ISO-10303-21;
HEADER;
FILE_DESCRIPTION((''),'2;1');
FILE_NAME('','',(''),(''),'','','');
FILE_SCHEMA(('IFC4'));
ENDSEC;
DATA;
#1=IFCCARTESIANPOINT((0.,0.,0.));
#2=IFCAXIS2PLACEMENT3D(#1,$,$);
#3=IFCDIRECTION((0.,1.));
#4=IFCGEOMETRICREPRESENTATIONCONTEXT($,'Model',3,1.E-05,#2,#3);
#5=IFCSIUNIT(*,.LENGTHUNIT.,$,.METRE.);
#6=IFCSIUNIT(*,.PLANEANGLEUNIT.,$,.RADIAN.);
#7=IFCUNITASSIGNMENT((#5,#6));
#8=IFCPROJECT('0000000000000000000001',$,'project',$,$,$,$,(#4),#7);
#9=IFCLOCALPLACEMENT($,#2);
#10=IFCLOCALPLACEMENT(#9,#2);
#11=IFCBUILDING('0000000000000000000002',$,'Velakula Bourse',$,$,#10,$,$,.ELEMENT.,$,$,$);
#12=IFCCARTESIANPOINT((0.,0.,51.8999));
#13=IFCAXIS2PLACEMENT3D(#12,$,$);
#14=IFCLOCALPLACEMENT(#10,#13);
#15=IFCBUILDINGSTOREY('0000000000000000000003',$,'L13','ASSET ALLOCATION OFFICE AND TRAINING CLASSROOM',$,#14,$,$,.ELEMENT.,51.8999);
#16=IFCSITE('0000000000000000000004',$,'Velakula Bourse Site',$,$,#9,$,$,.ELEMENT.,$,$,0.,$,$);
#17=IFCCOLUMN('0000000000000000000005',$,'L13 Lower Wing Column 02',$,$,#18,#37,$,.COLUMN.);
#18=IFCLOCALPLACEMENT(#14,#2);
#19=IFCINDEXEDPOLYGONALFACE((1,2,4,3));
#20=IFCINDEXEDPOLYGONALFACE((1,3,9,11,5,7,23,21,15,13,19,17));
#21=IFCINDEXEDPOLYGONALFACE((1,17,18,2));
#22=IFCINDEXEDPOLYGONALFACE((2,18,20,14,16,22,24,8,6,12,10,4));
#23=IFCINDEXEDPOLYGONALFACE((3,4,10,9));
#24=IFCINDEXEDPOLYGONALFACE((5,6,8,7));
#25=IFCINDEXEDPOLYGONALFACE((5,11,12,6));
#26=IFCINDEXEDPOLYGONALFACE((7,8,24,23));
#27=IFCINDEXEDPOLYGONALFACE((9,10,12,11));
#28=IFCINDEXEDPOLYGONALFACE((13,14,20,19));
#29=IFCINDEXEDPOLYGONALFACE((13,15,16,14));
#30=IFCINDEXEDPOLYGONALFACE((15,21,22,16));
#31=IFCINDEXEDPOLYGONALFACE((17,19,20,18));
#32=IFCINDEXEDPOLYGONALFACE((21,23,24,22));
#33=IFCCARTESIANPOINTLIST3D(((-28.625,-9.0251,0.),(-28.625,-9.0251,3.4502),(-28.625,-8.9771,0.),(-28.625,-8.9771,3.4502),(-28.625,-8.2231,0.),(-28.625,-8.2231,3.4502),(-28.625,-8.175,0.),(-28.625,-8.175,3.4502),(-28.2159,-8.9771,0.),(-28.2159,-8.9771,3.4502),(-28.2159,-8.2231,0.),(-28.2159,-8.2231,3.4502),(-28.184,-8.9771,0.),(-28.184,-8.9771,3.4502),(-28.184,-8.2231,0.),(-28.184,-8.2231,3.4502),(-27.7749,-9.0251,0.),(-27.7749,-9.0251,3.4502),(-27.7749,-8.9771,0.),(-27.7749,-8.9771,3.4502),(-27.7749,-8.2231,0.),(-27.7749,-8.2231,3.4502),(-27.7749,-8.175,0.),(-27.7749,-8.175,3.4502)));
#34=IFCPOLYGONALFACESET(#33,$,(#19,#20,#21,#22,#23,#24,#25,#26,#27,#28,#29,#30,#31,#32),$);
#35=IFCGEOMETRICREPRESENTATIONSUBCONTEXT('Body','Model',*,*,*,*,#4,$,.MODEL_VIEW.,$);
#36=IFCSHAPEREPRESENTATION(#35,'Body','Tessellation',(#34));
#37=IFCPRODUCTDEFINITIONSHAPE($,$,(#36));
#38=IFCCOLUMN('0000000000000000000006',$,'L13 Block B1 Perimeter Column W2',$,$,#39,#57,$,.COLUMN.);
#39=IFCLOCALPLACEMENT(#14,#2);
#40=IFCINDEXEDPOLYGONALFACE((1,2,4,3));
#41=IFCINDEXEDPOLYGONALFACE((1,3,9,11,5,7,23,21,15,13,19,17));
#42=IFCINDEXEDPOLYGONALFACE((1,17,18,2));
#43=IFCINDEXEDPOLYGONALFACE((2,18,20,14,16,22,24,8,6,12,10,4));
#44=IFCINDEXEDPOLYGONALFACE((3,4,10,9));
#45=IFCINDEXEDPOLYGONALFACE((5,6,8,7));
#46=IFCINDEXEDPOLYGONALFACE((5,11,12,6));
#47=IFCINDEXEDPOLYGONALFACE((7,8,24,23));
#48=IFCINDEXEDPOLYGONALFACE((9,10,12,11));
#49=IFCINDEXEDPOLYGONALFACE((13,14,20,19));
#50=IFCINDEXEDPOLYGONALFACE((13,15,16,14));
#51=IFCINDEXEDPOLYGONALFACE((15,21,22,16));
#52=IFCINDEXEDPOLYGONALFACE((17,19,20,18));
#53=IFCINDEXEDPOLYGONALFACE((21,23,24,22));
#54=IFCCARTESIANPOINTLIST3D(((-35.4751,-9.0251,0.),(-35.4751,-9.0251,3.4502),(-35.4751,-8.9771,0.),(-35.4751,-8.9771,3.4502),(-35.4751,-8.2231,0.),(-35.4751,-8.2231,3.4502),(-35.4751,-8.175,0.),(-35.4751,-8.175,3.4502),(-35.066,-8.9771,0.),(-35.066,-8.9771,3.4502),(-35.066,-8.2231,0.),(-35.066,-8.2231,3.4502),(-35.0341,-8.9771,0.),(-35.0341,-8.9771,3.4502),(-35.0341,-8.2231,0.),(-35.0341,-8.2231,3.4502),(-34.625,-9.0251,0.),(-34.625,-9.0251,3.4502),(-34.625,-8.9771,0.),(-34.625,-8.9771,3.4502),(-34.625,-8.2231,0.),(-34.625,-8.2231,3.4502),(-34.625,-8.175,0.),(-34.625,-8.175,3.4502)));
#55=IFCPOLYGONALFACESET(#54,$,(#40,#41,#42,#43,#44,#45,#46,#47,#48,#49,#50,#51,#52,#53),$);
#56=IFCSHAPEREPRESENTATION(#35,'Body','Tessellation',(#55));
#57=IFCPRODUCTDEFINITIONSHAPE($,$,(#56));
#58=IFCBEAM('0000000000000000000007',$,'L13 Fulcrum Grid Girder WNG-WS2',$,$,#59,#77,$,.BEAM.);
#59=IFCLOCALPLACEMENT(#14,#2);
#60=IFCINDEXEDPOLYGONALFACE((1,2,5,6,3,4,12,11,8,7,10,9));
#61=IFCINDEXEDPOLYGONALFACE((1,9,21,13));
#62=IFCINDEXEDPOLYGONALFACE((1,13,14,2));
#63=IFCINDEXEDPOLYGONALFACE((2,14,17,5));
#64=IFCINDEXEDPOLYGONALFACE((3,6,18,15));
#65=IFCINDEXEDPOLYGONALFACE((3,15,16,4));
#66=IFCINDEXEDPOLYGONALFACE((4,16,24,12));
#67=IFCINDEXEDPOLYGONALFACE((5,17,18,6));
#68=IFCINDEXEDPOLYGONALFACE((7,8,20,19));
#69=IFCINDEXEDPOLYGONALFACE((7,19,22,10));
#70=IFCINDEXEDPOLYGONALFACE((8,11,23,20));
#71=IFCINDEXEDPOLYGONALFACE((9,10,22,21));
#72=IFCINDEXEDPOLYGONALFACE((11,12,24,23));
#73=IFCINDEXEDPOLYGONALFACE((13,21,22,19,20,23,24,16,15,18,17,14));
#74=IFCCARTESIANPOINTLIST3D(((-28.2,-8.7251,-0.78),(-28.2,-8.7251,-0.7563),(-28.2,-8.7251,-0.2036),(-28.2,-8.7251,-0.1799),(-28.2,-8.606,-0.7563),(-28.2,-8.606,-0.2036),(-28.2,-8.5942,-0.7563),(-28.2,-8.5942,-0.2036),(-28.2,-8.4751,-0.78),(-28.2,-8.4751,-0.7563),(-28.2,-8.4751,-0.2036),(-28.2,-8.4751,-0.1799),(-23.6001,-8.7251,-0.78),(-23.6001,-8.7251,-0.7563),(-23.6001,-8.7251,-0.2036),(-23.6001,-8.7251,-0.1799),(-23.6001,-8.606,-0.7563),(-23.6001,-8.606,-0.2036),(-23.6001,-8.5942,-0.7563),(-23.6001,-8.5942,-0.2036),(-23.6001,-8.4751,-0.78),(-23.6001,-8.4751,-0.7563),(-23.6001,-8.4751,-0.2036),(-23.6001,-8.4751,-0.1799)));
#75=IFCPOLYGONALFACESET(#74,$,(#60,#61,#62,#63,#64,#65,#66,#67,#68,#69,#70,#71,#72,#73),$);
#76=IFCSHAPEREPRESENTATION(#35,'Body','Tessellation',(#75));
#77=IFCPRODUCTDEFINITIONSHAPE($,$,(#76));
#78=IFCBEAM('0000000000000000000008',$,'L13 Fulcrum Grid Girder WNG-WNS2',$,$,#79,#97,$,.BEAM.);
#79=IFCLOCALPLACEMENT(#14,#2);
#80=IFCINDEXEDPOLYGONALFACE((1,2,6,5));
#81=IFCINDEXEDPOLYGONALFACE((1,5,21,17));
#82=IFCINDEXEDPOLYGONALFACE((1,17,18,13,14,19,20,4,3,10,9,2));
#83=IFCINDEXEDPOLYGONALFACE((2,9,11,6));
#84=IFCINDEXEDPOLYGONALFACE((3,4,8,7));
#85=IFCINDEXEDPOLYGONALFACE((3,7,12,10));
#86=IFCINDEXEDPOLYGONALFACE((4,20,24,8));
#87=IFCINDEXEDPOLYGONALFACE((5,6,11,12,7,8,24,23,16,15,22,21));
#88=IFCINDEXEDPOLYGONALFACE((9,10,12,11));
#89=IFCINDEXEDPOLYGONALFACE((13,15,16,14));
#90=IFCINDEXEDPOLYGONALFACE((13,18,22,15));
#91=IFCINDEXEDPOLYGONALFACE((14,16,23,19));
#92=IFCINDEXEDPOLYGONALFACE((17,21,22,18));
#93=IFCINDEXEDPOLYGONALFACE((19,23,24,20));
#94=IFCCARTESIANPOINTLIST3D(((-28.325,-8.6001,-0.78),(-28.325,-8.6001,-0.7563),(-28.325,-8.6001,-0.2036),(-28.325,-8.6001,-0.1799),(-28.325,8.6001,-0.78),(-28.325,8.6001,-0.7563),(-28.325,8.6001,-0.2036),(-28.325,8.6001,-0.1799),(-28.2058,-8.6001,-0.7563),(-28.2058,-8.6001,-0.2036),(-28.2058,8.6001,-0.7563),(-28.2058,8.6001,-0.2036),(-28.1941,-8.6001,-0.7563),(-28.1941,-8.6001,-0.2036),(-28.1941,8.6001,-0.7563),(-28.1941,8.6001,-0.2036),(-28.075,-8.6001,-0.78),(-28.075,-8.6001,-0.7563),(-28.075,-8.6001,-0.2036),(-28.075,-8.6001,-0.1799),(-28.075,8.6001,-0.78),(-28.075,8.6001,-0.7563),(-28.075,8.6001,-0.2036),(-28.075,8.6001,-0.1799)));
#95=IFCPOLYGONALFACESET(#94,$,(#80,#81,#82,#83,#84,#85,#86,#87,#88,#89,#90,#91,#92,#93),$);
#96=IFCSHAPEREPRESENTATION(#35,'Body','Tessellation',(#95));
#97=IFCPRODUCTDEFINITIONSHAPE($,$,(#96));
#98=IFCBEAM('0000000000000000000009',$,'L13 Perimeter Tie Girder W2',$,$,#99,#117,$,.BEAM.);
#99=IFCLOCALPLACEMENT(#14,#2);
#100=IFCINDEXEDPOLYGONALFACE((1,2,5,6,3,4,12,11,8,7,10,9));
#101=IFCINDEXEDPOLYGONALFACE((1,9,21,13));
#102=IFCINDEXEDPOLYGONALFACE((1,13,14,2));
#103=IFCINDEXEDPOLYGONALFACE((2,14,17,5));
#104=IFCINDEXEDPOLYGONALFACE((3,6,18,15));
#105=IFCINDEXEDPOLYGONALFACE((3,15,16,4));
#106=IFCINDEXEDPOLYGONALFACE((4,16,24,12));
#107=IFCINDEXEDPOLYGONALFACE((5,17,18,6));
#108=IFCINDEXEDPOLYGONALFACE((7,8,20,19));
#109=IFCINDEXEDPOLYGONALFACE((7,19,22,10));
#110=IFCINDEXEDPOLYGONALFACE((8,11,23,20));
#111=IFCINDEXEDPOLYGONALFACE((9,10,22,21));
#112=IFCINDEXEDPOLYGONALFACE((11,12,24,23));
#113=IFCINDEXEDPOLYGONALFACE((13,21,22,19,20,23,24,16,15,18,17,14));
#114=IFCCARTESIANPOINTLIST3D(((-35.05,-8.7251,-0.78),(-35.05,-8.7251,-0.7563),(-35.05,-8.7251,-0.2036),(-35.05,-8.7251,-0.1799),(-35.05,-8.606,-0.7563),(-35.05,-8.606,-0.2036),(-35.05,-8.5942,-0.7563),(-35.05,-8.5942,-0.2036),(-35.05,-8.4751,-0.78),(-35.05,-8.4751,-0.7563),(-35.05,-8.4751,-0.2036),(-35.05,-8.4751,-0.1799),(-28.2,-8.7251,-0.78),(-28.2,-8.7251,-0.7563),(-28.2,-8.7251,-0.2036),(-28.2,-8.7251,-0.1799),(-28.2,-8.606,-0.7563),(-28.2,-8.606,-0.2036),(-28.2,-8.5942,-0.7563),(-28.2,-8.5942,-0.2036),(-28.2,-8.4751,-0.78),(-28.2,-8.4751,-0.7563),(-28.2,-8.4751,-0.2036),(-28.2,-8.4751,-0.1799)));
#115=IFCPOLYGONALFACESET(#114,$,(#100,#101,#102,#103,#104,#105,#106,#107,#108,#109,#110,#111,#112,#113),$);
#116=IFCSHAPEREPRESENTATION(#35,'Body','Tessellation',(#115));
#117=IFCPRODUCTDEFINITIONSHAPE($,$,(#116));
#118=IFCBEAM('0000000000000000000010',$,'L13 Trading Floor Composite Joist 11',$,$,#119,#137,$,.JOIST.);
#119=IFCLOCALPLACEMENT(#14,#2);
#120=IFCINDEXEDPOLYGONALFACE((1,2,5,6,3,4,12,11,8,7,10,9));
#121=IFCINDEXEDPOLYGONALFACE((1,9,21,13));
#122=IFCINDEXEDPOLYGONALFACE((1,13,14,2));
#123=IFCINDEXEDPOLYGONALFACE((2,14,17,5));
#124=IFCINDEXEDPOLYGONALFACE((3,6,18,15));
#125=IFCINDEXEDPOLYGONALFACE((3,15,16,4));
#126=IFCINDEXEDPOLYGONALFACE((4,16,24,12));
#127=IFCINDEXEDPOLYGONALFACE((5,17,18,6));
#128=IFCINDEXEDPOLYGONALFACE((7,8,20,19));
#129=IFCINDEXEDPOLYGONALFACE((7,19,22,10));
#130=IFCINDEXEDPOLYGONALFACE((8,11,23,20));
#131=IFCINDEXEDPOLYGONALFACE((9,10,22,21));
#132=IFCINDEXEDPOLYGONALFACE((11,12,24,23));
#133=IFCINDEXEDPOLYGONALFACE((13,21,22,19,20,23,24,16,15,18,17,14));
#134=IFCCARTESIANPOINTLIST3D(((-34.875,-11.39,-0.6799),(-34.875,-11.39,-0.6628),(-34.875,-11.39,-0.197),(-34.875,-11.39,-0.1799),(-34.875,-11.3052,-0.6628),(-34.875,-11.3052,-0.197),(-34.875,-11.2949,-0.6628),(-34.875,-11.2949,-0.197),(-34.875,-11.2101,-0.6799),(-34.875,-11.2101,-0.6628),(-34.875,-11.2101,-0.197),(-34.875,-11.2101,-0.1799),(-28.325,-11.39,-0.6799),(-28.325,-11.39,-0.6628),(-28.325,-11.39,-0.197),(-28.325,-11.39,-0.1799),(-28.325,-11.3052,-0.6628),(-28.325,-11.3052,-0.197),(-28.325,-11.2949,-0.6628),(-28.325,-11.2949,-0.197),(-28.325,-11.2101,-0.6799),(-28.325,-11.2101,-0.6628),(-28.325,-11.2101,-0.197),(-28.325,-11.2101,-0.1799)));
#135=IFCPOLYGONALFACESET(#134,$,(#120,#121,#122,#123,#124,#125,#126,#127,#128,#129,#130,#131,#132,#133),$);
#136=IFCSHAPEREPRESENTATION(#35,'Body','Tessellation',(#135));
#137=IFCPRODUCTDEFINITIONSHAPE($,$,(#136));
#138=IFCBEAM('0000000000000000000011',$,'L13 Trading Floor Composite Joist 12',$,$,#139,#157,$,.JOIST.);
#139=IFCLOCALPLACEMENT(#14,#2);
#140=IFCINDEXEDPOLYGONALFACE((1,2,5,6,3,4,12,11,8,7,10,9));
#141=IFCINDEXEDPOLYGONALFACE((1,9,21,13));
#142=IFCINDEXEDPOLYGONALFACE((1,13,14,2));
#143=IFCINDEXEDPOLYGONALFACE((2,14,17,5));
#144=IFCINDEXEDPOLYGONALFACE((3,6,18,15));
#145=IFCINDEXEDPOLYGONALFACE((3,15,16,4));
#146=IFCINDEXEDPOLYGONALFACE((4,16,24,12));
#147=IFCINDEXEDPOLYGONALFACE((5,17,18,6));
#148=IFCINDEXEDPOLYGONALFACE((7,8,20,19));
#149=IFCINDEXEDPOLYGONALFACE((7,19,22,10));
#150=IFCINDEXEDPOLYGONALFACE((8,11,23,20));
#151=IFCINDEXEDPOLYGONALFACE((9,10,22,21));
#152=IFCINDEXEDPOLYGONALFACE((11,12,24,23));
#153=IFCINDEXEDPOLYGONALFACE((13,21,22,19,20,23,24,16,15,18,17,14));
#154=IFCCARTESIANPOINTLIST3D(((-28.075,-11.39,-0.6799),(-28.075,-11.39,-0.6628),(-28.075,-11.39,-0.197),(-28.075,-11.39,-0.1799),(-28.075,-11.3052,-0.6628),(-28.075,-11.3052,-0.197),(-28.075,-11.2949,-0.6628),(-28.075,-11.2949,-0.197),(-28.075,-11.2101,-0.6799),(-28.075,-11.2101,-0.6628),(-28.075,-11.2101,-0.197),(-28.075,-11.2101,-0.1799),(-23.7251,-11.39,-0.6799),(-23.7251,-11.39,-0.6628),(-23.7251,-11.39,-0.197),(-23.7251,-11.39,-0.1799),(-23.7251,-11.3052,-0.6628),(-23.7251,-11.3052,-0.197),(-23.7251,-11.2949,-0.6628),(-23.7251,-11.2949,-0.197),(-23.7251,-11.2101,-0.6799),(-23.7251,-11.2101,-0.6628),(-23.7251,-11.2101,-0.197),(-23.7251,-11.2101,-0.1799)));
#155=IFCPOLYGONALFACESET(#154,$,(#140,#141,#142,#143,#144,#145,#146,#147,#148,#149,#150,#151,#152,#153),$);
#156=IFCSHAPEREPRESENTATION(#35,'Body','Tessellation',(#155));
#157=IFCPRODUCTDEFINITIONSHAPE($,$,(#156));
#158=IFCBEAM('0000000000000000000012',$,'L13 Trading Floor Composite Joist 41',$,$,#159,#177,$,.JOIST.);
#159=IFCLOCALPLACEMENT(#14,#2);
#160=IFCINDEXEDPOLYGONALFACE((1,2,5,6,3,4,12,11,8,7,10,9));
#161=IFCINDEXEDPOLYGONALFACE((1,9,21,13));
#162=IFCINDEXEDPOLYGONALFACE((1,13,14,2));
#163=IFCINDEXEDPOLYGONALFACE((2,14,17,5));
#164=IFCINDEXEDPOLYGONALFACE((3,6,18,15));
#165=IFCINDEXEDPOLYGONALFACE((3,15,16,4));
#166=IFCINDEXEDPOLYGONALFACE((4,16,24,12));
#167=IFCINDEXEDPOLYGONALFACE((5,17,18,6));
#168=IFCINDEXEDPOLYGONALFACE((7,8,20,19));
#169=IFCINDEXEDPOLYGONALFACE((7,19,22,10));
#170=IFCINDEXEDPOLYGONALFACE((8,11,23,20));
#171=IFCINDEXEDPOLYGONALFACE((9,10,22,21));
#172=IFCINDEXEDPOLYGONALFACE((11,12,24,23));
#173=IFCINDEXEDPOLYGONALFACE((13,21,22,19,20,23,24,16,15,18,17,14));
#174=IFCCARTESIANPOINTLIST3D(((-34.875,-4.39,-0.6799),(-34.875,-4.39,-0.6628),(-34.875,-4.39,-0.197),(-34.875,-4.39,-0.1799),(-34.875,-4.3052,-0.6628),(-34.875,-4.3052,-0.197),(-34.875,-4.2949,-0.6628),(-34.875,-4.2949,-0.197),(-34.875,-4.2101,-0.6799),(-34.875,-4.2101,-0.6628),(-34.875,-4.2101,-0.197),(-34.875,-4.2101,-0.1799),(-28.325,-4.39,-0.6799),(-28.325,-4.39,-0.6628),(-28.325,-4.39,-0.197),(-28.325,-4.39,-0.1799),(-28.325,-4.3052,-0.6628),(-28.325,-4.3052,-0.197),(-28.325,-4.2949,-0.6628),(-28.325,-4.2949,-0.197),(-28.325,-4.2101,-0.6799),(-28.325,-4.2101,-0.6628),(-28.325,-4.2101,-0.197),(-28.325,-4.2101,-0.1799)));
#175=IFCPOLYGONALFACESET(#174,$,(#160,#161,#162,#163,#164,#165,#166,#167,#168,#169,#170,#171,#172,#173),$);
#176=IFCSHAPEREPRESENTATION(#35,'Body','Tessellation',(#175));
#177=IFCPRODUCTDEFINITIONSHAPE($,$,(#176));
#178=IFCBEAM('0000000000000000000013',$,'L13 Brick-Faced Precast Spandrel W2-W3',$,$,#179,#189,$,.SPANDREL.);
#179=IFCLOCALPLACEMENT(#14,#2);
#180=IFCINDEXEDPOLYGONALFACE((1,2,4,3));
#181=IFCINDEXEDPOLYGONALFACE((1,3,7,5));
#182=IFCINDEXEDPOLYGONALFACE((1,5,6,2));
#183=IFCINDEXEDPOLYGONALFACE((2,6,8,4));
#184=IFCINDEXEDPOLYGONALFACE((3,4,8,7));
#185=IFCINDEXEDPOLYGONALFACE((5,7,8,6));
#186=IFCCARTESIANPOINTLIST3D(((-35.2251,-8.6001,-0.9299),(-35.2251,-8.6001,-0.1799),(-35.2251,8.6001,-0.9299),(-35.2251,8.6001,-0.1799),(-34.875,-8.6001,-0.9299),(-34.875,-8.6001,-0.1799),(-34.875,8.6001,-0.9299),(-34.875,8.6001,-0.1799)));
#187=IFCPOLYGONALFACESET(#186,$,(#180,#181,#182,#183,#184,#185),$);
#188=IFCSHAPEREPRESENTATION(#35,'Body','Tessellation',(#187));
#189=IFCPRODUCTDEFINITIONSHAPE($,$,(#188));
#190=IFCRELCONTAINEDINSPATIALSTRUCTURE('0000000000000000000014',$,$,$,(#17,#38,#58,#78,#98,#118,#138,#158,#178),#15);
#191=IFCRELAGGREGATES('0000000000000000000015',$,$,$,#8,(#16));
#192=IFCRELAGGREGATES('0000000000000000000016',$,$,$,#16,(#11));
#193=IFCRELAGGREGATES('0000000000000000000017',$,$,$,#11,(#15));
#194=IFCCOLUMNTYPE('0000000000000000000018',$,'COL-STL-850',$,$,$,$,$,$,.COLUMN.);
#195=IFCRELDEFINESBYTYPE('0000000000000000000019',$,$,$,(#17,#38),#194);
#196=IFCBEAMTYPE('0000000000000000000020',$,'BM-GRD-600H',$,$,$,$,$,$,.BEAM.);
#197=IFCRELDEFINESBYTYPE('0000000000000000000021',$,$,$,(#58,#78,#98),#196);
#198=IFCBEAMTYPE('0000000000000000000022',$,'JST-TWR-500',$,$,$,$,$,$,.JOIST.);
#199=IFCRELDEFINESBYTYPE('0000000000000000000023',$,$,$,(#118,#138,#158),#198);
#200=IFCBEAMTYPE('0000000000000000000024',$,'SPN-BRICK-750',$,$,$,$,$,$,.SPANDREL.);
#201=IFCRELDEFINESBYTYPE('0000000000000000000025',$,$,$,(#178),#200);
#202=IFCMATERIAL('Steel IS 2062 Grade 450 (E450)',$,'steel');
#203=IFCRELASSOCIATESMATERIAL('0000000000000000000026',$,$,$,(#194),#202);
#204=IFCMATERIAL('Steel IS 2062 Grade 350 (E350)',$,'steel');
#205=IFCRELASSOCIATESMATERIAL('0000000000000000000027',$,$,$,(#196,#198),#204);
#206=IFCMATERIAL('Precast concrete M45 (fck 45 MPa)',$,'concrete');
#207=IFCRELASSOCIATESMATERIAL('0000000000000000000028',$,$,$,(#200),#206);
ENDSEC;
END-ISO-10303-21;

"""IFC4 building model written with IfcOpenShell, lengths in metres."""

from ifc_helpers import new_model, si_unit, direction, frame, origin, origin_2d, place, context, subcontext, project, spatial, rectangle, i_section, extrude, material, material_profile, profile_set, type_object, element, save


model = new_model("IFC4")

# Units and contexts
model_context = context("Model", 3, precision=1e-05, world=origin(), true_north=direction((0.0, 1.0)))
body_context = subcontext(model_context, "Body", "Model", "MODEL_VIEW")
ifc_project = project(units=[si_unit("LENGTHUNIT", "METRE"), si_unit("PLANEANGLEUNIT", "RADIAN")], contexts=[model_context])

# Site, building, storey
site_placement = place(None, origin())
site = spatial("IfcSite", under=ifc_project, at=site_placement, Name="Velakula Bourse Site", CompositionType="ELEMENT", RefElevation=0.0)
building_placement = place(site_placement, origin())
building = spatial("IfcBuilding", under=site, at=building_placement, Name="Velakula Bourse", CompositionType="ELEMENT")
storey_placement = place(building_placement, frame((0.0, 0.0, 51.8999)))
storey = spatial("IfcBuildingStorey", under=building, at=storey_placement, Name="L13", Description="ASSET ALLOCATION OFFICE AND TRAINING CLASSROOM", CompositionType="ELEMENT", Elevation=51.8999)

# Columns
ifc_material_1 = material(Name="Steel IS 2062 Grade 450 (E450)", Category="steel")
ifc_material_profile_1 = material_profile(ifc_material_1, i_section(OverallWidth=0.8501, OverallDepth=0.8501, WebThickness=0.032, FlangeThickness=0.0481, at=origin_2d()), Name="Steel IS 2062 Grade 450 (E450)")
ifc_profile_set_1 = profile_set([ifc_material_profile_1], Name="Steel IS 2062 Grade 450 (E450)")
column_type = type_object("IfcColumnType", Name="COL-STL-850", PredefinedType="COLUMN", material=ifc_profile_set_1)
for number, where, z_axis, x_axis, name in (
    (1, (-28.2, -8.6001, 0.0), (0.0, 0.0, 1.0), (1.0, 0.0, 0.0), "L13 Lower Wing Column 02"),
    (2, (-35.05, -8.6001, 0.0), (0.0, 0.0, 1.0), (1.0, 0.0, 0.0), "L13 Block B1 Perimeter Column W2"),
):
    element("IfcColumn", number, at=place(storey_placement, frame(where, z_axis=z_axis, x_axis=x_axis)), inside=storey, type_object=column_type, Name=name, PredefinedType="COLUMN", context=body_context, shape_type="SweptSolid", body=[
        extrude(i_section(OverallWidth=0.8501, OverallDepth=0.8501, WebThickness=0.032, FlangeThickness=0.0481, at=origin_2d()), origin(), (0.0, 0.0, 1.0), 3.4502),
    ])

# Beams
ifc_material_2 = material(Name="Steel IS 2062 Grade 350 (E350)", Category="steel")
ifc_material_profile_2 = material_profile(ifc_material_2, i_section(OverallWidth=0.25, OverallDepth=0.6001, WebThickness=0.0117, FlangeThickness=0.0237, at=origin_2d()), Name="Steel IS 2062 Grade 350 (E350)")
ifc_profile_set_2 = profile_set([ifc_material_profile_2], Name="Steel IS 2062 Grade 350 (E350)")
beam_type_1 = type_object("IfcBeamType", Name="BM-GRD-600H", PredefinedType="BEAM", material=ifc_profile_set_2)
beam_1_placement = place(storey_placement, frame((-28.2, -8.6001, -0.48), z_axis=(1.0, 0.0, 0.0), x_axis=(0.0, 1.0, 0.0)))
element("IfcBeam", 3, at=beam_1_placement, inside=storey, type_object=beam_type_1, Name="L13 Fulcrum Grid Girder WNG-WS2", PredefinedType="BEAM", context=body_context, shape_type="SweptSolid", body=[
    extrude(i_section(OverallWidth=0.25, OverallDepth=0.6001, WebThickness=0.0117, FlangeThickness=0.0237, at=origin_2d()), origin(), (0.0, 0.0, 1.0), 4.5999),
])
beam_2_placement = place(storey_placement, frame((-28.2, -8.6001, -0.48), z_axis=(0.0, 1.0, 0.0), x_axis=(-1.0, 0.0, 0.0)))
element("IfcBeam", 4, at=beam_2_placement, inside=storey, type_object=beam_type_1, Name="L13 Fulcrum Grid Girder WNG-WNS2", PredefinedType="BEAM", context=body_context, shape_type="SweptSolid", body=[
    extrude(i_section(OverallWidth=0.25, OverallDepth=0.6001, WebThickness=0.0117, FlangeThickness=0.0237, at=origin_2d()), origin(), (0.0, 0.0, 1.0), 17.2002),
])
beam_3_placement = place(storey_placement, frame((-28.2, -8.6001, -0.48), z_axis=(-1.0, 0.0, 0.0), x_axis=(0.0, -1.0, 0.0)))
element("IfcBeam", 5, at=beam_3_placement, inside=storey, type_object=beam_type_1, Name="L13 Perimeter Tie Girder W2", PredefinedType="BEAM", context=body_context, shape_type="SweptSolid", body=[
    extrude(i_section(OverallWidth=0.25, OverallDepth=0.6001, WebThickness=0.0117, FlangeThickness=0.0237, at=origin_2d()), origin(), (0.0, 0.0, 1.0), 6.8501),
])
ifc_material_profile_3 = material_profile(ifc_material_2, i_section(OverallWidth=0.1799, OverallDepth=0.5, WebThickness=0.0103, FlangeThickness=0.0171, at=origin_2d()), Name="Steel IS 2062 Grade 350 (E350)")
ifc_profile_set_3 = profile_set([ifc_material_profile_3], Name="Steel IS 2062 Grade 350 (E350)")
beam_type_2 = type_object("IfcBeamType", Name="JST-TWR-500", PredefinedType="JOIST", material=ifc_profile_set_3)
beam_4_placement = place(storey_placement, frame((-34.875, -11.3, -0.4299), z_axis=(1.0, 0.0, 0.0), x_axis=(0.0, 1.0, 0.0)))
element("IfcBeam", 6, at=beam_4_placement, inside=storey, type_object=beam_type_2, Name="L13 Trading Floor Composite Joist 11", PredefinedType="JOIST", context=body_context, shape_type="SweptSolid", body=[
    extrude(i_section(OverallWidth=0.1799, OverallDepth=0.5, WebThickness=0.0103, FlangeThickness=0.0171, at=origin_2d()), origin(), (0.0, 0.0, 1.0), 6.55),
])
beam_5_placement = place(storey_placement, frame((-28.075, -11.3, -0.4299), z_axis=(1.0, 0.0, 0.0), x_axis=(0.0, 1.0, 0.0)))
element("IfcBeam", 7, at=beam_5_placement, inside=storey, type_object=beam_type_2, Name="L13 Trading Floor Composite Joist 12", PredefinedType="JOIST", context=body_context, shape_type="SweptSolid", body=[
    extrude(i_section(OverallWidth=0.1799, OverallDepth=0.5, WebThickness=0.0103, FlangeThickness=0.0171, at=origin_2d()), origin(), (0.0, 0.0, 1.0), 4.3499),
])
beam_6_placement = place(storey_placement, frame((-34.875, -4.3, -0.4299), z_axis=(1.0, 0.0, 0.0), x_axis=(0.0, 1.0, 0.0)))
element("IfcBeam", 8, at=beam_6_placement, inside=storey, type_object=beam_type_2, Name="L13 Trading Floor Composite Joist 41", PredefinedType="JOIST", context=body_context, shape_type="SweptSolid", body=[
    extrude(i_section(OverallWidth=0.1799, OverallDepth=0.5, WebThickness=0.0103, FlangeThickness=0.0171, at=origin_2d()), origin(), (0.0, 0.0, 1.0), 6.55),
])
ifc_material_3 = material(Name="Precast concrete M45 (fck 45 MPa)", Category="concrete")
ifc_material_profile_4 = material_profile(ifc_material_3, rectangle(XDim=0.3501, YDim=0.75, at=origin_2d()), Name="Precast concrete M45 (fck 45 MPa)")
ifc_profile_set_4 = profile_set([ifc_material_profile_4], Name="Precast concrete M45 (fck 45 MPa)")
beam_type_3 = type_object("IfcBeamType", Name="SPN-BRICK-750", PredefinedType="SPANDREL", material=ifc_profile_set_4)
beam_7_placement = place(storey_placement, frame((-35.05, -8.6001, -0.5549), z_axis=(0.0, 1.0, 0.0), x_axis=(-1.0, 0.0, 0.0)))
element("IfcBeam", 9, at=beam_7_placement, inside=storey, type_object=beam_type_3, Name="L13 Brick-Faced Precast Spandrel W2-W3", PredefinedType="SPANDREL", context=body_context, shape_type="SweptSolid", body=[
    extrude(rectangle(XDim=0.3501, YDim=0.75, at=origin_2d()), origin(), (0.0, 0.0, 1.0), 17.2002),
])

save(model, "model.ifc")
